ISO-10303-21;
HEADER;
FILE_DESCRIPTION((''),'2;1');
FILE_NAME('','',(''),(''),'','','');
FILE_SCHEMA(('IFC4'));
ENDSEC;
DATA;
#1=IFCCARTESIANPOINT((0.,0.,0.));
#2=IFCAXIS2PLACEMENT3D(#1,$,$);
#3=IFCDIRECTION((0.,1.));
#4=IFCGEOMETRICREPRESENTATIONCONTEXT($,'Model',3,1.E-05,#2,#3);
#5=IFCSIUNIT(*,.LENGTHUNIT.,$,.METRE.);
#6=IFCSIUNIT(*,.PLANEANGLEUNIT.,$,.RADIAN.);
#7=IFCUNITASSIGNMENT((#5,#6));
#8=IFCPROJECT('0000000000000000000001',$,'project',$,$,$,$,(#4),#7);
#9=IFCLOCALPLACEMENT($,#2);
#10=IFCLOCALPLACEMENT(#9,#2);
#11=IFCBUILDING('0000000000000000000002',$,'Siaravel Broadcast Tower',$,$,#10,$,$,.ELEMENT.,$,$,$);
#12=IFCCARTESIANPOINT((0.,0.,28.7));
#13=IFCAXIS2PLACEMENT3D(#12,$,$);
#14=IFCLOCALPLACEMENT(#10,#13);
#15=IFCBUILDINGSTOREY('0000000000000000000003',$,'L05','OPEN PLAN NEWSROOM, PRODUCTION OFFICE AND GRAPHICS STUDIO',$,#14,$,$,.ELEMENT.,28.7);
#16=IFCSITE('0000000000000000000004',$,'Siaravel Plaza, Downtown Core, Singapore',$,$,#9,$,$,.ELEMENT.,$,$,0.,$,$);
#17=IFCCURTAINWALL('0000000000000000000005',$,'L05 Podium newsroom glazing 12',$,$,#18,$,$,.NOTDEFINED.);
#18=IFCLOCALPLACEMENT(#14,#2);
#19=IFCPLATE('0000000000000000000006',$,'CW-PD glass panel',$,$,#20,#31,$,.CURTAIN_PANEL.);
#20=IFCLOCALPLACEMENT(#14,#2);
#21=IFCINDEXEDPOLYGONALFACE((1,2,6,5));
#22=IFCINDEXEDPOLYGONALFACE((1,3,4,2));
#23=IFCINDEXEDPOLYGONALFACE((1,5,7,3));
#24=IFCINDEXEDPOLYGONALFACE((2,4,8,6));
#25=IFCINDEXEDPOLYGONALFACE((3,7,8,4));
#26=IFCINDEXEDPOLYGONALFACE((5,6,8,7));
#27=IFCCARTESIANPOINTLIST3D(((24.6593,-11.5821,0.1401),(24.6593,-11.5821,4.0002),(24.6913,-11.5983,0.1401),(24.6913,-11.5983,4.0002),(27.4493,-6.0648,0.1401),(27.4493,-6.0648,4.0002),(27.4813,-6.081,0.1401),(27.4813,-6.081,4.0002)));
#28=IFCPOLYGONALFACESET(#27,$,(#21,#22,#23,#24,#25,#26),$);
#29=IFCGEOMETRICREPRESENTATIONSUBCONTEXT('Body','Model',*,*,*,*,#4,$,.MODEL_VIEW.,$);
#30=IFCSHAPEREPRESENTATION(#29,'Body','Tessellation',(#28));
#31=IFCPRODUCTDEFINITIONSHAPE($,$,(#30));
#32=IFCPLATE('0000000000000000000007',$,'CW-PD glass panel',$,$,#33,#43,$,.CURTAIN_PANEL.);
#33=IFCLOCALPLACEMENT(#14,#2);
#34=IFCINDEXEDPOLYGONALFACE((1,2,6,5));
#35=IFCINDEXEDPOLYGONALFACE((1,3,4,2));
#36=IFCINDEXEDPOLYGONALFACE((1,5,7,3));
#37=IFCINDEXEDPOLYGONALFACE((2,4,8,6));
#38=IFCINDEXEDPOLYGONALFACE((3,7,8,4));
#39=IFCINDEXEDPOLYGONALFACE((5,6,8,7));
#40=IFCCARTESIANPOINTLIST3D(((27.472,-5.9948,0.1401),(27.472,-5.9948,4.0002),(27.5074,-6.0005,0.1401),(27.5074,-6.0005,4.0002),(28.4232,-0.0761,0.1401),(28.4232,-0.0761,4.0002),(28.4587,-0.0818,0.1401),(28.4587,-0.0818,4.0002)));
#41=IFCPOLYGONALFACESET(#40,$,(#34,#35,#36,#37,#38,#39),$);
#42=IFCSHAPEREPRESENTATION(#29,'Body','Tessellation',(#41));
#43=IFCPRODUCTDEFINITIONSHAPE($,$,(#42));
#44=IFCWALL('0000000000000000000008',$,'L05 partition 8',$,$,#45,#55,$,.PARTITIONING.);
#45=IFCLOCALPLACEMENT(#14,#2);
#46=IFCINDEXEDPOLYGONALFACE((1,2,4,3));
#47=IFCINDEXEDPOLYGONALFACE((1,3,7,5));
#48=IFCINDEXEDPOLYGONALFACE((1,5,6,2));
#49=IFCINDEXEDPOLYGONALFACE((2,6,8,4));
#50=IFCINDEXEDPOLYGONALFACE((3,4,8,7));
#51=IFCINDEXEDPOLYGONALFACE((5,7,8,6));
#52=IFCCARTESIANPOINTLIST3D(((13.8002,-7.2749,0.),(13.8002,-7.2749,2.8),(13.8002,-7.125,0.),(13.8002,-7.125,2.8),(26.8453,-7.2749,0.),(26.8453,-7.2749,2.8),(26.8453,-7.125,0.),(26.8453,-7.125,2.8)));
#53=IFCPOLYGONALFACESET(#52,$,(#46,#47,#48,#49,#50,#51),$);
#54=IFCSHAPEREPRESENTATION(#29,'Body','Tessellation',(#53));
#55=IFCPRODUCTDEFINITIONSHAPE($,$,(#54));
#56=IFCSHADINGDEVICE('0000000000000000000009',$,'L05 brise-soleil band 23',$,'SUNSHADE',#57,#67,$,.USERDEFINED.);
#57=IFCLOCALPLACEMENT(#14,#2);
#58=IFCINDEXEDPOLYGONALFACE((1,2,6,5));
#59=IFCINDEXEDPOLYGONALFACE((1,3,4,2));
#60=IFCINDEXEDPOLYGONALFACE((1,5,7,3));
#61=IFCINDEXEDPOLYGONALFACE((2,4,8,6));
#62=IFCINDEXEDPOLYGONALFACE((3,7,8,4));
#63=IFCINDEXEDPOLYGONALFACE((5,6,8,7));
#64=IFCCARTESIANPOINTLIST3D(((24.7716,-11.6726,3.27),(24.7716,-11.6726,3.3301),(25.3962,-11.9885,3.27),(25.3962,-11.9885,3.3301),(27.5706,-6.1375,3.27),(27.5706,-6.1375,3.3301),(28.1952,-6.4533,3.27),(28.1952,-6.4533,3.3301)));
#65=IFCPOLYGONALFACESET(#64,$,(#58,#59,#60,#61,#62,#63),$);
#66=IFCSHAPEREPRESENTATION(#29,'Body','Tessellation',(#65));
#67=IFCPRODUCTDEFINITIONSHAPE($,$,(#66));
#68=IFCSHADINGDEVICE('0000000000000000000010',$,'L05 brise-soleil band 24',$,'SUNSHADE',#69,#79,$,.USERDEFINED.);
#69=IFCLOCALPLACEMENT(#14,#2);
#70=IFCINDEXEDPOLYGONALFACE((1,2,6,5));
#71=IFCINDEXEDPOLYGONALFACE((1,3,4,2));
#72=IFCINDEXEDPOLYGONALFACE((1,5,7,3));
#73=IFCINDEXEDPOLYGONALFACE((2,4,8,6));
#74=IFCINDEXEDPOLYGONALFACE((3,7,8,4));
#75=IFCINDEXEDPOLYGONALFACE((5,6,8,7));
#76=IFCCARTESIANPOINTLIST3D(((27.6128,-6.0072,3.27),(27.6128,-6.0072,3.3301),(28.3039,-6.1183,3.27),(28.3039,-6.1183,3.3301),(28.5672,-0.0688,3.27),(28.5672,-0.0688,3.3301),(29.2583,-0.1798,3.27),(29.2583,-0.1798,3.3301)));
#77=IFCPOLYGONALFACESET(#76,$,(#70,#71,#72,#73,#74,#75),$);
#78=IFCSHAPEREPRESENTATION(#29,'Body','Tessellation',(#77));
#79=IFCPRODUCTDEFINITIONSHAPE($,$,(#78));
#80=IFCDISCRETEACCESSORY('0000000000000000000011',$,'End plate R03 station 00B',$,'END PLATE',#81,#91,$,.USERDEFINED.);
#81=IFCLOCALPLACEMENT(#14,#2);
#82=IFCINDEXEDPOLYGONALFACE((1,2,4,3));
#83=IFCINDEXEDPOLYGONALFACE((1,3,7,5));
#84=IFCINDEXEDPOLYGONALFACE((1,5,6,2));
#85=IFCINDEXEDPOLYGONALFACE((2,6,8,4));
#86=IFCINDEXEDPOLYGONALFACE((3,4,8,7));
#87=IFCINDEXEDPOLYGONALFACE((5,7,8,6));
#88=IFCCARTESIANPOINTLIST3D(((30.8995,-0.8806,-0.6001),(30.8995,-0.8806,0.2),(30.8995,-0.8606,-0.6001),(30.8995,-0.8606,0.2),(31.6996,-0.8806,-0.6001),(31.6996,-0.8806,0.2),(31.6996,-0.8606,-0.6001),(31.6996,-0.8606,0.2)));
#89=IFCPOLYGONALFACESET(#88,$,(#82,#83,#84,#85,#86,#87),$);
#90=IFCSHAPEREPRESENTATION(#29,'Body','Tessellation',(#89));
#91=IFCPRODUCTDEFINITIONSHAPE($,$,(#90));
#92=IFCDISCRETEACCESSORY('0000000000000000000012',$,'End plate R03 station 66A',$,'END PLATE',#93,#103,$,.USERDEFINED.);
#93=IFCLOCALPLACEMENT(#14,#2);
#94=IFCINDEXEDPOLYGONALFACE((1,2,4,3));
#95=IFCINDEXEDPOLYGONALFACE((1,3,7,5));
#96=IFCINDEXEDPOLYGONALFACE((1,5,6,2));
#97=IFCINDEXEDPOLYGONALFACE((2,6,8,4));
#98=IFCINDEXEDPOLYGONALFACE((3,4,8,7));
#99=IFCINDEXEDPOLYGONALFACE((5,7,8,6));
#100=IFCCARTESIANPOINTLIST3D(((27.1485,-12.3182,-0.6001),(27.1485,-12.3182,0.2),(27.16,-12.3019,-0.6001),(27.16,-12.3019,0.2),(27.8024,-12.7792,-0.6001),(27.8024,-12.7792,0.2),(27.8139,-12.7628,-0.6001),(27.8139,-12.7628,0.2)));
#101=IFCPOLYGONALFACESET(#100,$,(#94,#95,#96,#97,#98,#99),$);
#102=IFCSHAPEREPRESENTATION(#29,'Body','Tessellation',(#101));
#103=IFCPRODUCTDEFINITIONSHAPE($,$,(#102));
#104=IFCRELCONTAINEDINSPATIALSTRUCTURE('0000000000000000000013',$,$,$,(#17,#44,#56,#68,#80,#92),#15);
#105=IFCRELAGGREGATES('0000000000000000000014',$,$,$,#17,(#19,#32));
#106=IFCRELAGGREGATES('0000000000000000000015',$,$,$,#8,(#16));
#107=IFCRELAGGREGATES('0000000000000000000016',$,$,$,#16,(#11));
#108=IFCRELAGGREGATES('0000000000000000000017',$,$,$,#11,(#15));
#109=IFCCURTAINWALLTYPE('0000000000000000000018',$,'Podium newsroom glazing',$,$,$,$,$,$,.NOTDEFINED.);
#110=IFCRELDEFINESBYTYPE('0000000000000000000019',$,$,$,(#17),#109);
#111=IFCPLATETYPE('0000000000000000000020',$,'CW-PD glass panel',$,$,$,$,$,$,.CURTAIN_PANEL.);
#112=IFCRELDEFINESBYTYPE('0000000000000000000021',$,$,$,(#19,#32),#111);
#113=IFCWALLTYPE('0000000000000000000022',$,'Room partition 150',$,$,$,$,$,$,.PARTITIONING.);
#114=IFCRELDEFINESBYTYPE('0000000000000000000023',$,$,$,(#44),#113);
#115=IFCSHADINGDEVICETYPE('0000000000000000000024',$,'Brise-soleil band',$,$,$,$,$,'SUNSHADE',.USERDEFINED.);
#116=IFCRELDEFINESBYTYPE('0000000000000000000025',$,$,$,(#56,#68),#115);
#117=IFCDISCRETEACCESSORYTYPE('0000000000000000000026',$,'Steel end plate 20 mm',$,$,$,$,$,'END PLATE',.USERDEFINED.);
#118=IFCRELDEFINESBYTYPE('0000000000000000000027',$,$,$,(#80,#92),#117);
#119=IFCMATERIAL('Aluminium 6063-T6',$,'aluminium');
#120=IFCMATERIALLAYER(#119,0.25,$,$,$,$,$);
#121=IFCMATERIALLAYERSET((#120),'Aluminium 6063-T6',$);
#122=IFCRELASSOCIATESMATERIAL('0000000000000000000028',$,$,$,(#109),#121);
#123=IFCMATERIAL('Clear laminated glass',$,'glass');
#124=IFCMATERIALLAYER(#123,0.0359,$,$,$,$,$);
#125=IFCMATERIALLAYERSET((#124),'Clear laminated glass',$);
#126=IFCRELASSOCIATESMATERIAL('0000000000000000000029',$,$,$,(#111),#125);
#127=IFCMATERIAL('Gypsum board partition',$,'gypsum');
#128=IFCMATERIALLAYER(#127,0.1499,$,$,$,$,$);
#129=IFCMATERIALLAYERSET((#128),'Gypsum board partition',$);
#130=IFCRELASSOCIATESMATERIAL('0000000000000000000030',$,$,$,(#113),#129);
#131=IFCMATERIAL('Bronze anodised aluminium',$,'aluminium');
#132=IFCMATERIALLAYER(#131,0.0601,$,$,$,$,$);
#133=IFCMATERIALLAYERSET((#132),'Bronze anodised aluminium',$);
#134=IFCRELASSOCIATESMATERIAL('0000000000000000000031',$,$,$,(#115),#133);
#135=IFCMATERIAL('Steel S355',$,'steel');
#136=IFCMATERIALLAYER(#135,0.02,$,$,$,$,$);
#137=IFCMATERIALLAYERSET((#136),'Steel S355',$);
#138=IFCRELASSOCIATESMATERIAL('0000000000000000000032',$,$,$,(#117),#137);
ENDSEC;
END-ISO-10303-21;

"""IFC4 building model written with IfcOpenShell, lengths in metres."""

from ifc_helpers import new_model, si_unit, direction, frame, frame_2d, origin, origin_2d, place, context, subcontext, project, spatial, rectangle, extrude, material, layer, layer_set, type_object, element, aggregate, save


model = new_model("IFC4")

# Units and contexts
model_context = context("Model", 3, precision=1e-05, world=origin(), true_north=direction((0.0, 1.0)))
body_context = subcontext(model_context, "Body", "Model", "MODEL_VIEW")
ifc_project = project(units=[si_unit("LENGTHUNIT", "METRE"), si_unit("PLANEANGLEUNIT", "RADIAN")], contexts=[model_context])

# Site, building, storey
site_placement = place(None, origin())
site = spatial("IfcSite", under=ifc_project, at=site_placement, Name="Siaravel Plaza, Downtown Core, Singapore", CompositionType="ELEMENT", RefElevation=0.0)
building_placement = place(site_placement, origin())
building = spatial("IfcBuilding", under=site, at=building_placement, Name="Siaravel Broadcast Tower", CompositionType="ELEMENT")
storey_placement = place(building_placement, frame((0.0, 0.0, 28.7)))
storey = spatial("IfcBuildingStorey", under=building, at=storey_placement, Name="L05", Description="OPEN PLAN NEWSROOM, PRODUCTION OFFICE AND GRAPHICS STUDIO", CompositionType="ELEMENT", Elevation=28.7)

# Shared definitions
ifc_material_1 = material(Name="Steel S355", Category="steel")

# Shared definitions
ifc_material_2 = material(Name="Aluminium 6063-T6", Category="aluminium")
ifc_layer_1 = layer(ifc_material_2, 0.25)
ifc_layer_set_1 = layer_set([ifc_layer_1], Name="Aluminium 6063-T6")
curtain_wall_type = type_object("IfcCurtainWallType", Name="Podium newsroom glazing", PredefinedType="NOTDEFINED", material=ifc_layer_set_1)

# Curtain wall
curtain_wall_1_placement = place(storey_placement, origin())
curtain_wall_1 = element("IfcCurtainWall", 1, at=curtain_wall_1_placement, inside=storey, type_object=curtain_wall_type, Name="L05 Podium newsroom glazing 12", PredefinedType="NOTDEFINED")

# Plates
ifc_material_3 = material(Name="Clear laminated glass", Category="glass")
ifc_layer_2 = layer(ifc_material_3, 0.0359)
ifc_layer_set_2 = layer_set([ifc_layer_2], Name="Clear laminated glass")
plate_type = type_object("IfcPlateType", Name="CW-PD glass panel", PredefinedType="CURTAIN_PANEL", material=ifc_layer_set_2)
plate_1_placement = place(storey_placement, frame((26.0703, -8.8315, 0.1401), z_axis=(0.0, 0.0, 1.0), x_axis=(0.451262, 0.892391, 0.0)))
plate_1 = element("IfcPlate", 2, at=plate_1_placement, type_object=plate_type, Name="CW-PD glass panel", PredefinedType="CURTAIN_PANEL", context=body_context, shape_type="SweptSolid", body=[
    extrude(rectangle(XDim=6.1826, YDim=0.0359, at=origin_2d()), origin(), (0.0, 0.0, 1.0), 3.8601),
])
plate_2_placement = place(storey_placement, frame((27.9653, -3.0383, 0.1401), z_axis=(0.0, 0.0, 1.0), x_axis=(0.158686, 0.987329, 0.0)))
plate_2 = element("IfcPlate", 3, at=plate_2_placement, type_object=plate_type, Name="CW-PD glass panel", PredefinedType="CURTAIN_PANEL", context=body_context, shape_type="SweptSolid", body=[
    extrude(rectangle(XDim=5.9946, YDim=0.0359, at=origin_2d()), origin(), (0.0, 0.0, 1.0), 3.8601),
])
aggregate(curtain_wall_1, [plate_1, plate_2])

# Wall
ifc_material_4 = material(Name="Gypsum board partition", Category="gypsum")
ifc_layer_3 = layer(ifc_material_4, 0.1499)
ifc_layer_set_3 = layer_set([ifc_layer_3], Name="Gypsum board partition")
wall_type = type_object("IfcWallType", Name="Room partition 150", PredefinedType="PARTITIONING", material=ifc_layer_set_3)
wall_placement = place(storey_placement, frame((26.8452, -7.2, 0.0), z_axis=(0.0, 0.0, 1.0), x_axis=(-1.0, 0.0, 0.0)))
element("IfcWall", 4, at=wall_placement, inside=storey, type_object=wall_type, Name="L05 partition 8", PredefinedType="PARTITIONING", context=body_context, shape_type="SweptSolid", body=[
    extrude(rectangle(XDim=13.0452, YDim=0.1499, at=frame_2d((6.5225, 0.0))), origin(), (0.0, 0.0, 1.0), 2.8),
])

# Shading devices
ifc_material_5 = material(Name="Bronze anodised aluminium", Category="aluminium")
ifc_layer_4 = layer(ifc_material_5, 0.0601)
ifc_layer_set_4 = layer_set([ifc_layer_4], Name="Bronze anodised aluminium")
shading_device_type = type_object("IfcShadingDeviceType", Name="Brise-soleil band", ElementType="SUNSHADE", PredefinedType="USERDEFINED", material=ifc_layer_set_4)
shading_device_1_placement = place(storey_placement, frame((26.4834, -9.063, 3.27), z_axis=(0.0, 0.0, 1.0), x_axis=(0.451262, 0.892391, 0.0)))
element("IfcShadingDevice", 5, at=shading_device_1_placement, inside=storey, type_object=shading_device_type, Name="L05 brise-soleil band 23", ObjectType="SUNSHADE", PredefinedType="USERDEFINED", context=body_context, shape_type="SweptSolid", body=[
    extrude(rectangle(XDim=6.2026, YDim=0.7, at=origin_2d()), origin(), (0.0, 0.0, 1.0), 0.0601),
])
shading_device_2_placement = place(storey_placement, frame((28.4355, -3.0935, 3.27), z_axis=(0.0, 0.0, 1.0), x_axis=(0.158685, 0.987329, 0.0)))
element("IfcShadingDevice", 6, at=shading_device_2_placement, inside=storey, type_object=shading_device_type, Name="L05 brise-soleil band 24", ObjectType="SUNSHADE", PredefinedType="USERDEFINED", context=body_context, shape_type="SweptSolid", body=[
    extrude(rectangle(XDim=6.0146, YDim=0.7, at=origin_2d()), origin(), (0.0, 0.0, 1.0), 0.0601),
])

# Discrete accessories
ifc_layer_5 = layer(ifc_material_1, 0.02)
ifc_layer_set_5 = layer_set([ifc_layer_5], Name="Steel S355")
discrete_accessory_type = type_object("IfcDiscreteAccessoryType", Name="Steel end plate 20 mm", ElementType="END PLATE", PredefinedType="USERDEFINED", material=ifc_layer_set_5)
for number, where, z_axis, x_axis, name in (
    (7, (31.2996, -0.8706, -0.6001), (0.0, 0.0, 1.0), (0.0, 1.0, 0.0), "End plate R03 station 00B"),
    (8, (27.4812, -12.5405, -0.6001), (0.0, 0.0, 1.0), (0.57612, 0.817365, 0.0), "End plate R03 station 66A"),
):
    element("IfcDiscreteAccessory", number, at=place(storey_placement, frame(where, z_axis=z_axis, x_axis=x_axis)), inside=storey, type_object=discrete_accessory_type, Name=name, ObjectType="END PLATE", PredefinedType="USERDEFINED", context=body_context, shape_type="SweptSolid", body=[
        extrude(rectangle(XDim=0.02, YDim=0.8, at=origin_2d()), origin(), (0.0, 0.0, 1.0), 0.8),
    ])

save(model, "model.ifc")
